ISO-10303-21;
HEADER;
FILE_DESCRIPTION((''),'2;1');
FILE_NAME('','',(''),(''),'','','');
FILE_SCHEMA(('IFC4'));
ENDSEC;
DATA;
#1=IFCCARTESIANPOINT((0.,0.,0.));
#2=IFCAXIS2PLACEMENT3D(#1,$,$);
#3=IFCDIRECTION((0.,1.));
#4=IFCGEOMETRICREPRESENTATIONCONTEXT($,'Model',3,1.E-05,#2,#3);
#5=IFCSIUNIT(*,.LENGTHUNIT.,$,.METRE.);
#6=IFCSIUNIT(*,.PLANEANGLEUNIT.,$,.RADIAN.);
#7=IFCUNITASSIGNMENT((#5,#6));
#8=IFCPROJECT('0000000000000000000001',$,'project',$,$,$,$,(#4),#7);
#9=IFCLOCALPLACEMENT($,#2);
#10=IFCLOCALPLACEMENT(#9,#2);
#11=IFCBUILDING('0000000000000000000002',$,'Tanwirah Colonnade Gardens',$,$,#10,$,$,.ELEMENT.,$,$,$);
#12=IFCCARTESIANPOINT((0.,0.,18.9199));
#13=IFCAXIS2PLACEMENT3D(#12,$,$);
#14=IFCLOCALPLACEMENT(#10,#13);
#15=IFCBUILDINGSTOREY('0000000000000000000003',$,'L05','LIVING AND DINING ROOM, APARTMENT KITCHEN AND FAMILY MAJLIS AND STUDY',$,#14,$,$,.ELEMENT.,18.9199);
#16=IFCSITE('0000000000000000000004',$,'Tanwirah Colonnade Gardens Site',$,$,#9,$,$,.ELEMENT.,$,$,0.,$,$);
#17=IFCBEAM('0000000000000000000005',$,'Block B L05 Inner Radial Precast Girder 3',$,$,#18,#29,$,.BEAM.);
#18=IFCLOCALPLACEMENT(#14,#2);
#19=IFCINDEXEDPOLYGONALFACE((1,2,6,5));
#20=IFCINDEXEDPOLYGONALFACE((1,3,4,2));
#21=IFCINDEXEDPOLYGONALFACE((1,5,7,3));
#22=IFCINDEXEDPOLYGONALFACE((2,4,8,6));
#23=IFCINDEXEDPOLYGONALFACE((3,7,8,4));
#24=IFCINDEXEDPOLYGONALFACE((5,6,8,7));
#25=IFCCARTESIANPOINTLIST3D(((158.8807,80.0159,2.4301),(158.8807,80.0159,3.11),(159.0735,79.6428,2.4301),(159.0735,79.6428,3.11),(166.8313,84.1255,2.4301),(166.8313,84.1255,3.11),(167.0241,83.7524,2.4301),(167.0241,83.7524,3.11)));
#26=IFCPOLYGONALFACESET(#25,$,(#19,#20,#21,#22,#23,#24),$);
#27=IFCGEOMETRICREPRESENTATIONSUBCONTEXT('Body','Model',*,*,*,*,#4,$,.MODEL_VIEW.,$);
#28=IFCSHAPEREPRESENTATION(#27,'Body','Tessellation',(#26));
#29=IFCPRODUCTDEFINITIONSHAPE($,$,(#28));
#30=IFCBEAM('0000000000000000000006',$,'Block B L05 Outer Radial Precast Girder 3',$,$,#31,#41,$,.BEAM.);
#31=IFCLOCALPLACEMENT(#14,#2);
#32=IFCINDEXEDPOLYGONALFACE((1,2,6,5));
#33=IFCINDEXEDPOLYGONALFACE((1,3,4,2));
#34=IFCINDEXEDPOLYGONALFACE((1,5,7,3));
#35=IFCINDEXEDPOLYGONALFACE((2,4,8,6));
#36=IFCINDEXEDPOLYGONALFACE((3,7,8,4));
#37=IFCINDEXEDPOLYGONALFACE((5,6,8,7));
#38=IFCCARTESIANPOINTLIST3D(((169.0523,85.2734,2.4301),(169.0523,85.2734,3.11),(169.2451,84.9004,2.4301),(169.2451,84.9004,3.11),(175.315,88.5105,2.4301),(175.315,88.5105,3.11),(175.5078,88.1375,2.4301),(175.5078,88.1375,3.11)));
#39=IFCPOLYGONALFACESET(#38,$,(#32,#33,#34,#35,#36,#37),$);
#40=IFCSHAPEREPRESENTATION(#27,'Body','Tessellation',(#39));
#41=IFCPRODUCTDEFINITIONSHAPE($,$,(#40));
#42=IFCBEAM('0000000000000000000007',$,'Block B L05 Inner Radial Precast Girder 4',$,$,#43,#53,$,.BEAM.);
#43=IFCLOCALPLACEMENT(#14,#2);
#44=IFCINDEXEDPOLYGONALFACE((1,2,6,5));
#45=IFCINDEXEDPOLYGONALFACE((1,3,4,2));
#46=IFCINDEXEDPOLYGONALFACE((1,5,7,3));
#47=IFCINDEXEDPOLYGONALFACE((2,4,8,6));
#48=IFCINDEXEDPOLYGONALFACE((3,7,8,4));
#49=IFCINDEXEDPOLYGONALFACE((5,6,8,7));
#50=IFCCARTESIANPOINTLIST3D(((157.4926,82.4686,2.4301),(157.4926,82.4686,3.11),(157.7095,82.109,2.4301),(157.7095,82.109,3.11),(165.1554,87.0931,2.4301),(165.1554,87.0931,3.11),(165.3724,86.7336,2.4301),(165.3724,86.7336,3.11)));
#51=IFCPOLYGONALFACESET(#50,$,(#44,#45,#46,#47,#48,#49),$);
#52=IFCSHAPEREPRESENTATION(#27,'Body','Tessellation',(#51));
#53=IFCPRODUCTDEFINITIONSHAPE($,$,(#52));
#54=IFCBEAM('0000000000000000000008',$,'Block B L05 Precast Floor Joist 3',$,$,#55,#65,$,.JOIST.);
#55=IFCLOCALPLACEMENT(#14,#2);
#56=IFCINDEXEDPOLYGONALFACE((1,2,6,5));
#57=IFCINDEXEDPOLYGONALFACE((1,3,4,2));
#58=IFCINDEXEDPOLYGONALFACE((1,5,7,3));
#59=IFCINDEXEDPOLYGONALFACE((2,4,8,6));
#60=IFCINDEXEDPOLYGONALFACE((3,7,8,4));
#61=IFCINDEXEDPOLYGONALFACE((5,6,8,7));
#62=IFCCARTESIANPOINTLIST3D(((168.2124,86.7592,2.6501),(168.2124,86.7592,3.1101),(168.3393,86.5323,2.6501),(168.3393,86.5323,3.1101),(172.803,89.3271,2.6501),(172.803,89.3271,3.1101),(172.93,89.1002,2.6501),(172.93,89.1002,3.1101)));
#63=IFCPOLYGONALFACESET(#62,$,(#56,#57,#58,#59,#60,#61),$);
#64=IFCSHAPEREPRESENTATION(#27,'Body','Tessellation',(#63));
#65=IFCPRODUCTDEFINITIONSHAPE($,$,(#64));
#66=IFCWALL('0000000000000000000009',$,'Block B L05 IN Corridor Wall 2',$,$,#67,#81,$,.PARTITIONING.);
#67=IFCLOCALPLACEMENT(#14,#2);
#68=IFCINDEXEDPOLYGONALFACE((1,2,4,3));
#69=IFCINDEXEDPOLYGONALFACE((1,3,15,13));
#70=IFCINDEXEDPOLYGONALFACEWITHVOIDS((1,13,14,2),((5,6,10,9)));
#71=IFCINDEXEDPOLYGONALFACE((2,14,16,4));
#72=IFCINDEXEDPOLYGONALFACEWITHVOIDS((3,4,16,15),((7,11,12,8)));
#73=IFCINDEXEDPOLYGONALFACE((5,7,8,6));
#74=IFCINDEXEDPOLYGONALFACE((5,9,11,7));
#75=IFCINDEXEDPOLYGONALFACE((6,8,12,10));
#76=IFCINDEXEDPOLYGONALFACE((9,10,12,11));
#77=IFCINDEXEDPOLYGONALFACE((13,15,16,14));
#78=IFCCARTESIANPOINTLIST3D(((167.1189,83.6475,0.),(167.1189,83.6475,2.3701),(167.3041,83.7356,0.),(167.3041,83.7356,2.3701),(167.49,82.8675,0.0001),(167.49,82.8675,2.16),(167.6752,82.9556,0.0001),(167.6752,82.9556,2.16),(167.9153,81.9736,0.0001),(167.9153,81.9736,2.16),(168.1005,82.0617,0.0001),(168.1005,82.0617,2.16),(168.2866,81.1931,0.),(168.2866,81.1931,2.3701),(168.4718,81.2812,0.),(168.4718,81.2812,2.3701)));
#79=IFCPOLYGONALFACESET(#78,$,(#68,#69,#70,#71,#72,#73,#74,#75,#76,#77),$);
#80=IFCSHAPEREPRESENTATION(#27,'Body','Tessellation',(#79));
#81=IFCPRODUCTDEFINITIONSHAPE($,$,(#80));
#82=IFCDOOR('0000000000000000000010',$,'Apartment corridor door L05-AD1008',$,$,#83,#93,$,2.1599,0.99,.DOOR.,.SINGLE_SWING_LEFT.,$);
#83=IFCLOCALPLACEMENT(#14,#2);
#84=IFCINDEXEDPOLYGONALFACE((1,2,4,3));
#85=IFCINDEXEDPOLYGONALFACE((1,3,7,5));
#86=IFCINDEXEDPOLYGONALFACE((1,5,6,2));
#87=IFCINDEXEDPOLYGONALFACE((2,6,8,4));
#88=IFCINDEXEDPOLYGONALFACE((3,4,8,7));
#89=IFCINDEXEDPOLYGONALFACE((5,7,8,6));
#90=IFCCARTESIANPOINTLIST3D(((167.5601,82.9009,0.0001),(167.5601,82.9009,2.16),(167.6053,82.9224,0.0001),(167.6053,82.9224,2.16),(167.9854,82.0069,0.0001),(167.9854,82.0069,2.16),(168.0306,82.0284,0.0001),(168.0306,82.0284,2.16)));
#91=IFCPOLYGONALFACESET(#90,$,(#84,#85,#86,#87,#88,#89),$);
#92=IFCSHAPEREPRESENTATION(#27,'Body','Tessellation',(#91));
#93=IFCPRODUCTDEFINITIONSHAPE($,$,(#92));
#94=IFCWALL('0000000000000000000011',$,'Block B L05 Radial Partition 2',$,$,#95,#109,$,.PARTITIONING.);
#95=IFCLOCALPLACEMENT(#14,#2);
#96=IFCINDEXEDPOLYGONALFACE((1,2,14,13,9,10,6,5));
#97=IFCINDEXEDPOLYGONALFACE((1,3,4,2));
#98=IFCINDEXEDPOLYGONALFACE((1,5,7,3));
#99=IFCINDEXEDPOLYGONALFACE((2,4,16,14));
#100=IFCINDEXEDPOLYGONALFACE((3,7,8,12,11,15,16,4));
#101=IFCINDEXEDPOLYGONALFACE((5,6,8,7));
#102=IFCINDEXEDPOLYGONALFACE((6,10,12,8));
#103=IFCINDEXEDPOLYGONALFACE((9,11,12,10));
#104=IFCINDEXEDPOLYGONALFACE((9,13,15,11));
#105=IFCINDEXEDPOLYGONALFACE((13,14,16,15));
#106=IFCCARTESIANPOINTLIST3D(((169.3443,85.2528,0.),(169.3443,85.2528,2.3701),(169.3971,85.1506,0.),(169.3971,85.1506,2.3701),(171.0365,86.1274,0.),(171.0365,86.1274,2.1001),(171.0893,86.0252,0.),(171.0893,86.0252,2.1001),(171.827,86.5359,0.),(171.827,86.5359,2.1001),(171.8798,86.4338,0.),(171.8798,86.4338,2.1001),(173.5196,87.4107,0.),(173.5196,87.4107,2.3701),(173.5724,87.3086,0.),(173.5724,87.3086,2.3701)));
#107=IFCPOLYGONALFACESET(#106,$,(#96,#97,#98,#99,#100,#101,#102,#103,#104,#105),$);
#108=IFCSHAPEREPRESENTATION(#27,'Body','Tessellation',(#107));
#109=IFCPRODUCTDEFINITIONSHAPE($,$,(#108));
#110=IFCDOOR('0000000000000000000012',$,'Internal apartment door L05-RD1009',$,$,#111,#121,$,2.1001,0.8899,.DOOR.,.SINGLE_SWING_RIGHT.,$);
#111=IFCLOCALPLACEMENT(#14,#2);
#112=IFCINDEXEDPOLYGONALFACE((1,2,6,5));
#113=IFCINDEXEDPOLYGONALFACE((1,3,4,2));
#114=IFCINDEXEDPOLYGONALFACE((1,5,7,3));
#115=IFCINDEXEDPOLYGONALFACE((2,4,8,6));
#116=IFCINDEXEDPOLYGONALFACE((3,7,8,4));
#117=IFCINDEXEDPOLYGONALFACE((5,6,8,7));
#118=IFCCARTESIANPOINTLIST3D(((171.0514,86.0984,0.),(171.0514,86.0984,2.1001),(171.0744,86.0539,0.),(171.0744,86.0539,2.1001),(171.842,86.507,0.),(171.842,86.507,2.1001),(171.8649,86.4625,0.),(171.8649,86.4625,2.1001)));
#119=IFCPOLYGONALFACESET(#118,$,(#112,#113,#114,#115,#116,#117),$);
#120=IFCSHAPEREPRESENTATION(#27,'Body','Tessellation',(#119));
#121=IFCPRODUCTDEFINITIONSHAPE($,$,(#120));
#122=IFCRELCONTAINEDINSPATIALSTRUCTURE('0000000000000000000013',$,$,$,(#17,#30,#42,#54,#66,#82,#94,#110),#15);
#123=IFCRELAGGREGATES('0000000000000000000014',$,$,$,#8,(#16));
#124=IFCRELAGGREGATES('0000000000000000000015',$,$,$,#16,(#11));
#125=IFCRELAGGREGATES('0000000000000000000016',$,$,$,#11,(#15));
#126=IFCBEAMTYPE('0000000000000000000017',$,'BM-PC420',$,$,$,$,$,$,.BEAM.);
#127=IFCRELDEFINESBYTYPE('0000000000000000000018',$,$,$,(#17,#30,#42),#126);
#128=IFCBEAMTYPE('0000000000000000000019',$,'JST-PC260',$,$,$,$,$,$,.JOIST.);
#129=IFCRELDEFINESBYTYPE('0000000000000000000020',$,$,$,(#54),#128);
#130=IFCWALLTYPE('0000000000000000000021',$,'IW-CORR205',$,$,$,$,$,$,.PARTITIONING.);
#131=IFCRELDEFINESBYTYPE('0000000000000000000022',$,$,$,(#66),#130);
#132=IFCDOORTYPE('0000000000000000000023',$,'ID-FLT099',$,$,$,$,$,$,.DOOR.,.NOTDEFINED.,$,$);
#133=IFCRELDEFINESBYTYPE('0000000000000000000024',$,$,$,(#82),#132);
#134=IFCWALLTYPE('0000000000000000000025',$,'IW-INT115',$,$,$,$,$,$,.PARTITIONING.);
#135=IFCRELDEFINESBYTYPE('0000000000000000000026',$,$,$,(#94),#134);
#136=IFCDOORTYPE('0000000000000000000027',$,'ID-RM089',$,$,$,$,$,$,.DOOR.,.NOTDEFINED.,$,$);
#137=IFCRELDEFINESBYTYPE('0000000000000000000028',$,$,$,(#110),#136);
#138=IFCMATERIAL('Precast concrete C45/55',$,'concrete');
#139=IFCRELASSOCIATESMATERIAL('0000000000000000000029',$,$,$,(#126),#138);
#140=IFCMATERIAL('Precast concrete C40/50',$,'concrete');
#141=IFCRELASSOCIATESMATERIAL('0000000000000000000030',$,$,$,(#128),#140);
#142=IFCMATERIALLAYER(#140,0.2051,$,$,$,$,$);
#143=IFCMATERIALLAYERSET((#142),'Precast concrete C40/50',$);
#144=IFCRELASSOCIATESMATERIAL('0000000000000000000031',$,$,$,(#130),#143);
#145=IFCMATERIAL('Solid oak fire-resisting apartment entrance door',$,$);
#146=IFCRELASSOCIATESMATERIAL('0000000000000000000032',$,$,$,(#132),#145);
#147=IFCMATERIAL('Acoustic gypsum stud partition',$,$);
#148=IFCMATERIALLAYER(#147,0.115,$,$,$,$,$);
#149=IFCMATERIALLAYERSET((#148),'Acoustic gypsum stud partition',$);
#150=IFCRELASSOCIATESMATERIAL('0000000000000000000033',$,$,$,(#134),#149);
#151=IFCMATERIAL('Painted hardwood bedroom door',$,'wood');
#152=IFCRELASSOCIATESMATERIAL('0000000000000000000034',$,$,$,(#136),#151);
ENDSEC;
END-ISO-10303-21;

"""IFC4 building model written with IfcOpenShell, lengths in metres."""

from ifc_helpers import new_model, si_unit, direction, frame, frame_2d, origin, origin_2d, place, context, subcontext, project, spatial, rectangle, extrude, material, layer, layer_set, material_profile, profile_set, type_object, element, fill, save


model = new_model("IFC4")

# Units and contexts
model_context = context("Model", 3, precision=1e-05, world=origin(), true_north=direction((0.0, 1.0)))
body_context = subcontext(model_context, "Body", "Model", "MODEL_VIEW")
ifc_project = project(units=[si_unit("LENGTHUNIT", "METRE"), si_unit("PLANEANGLEUNIT", "RADIAN")], contexts=[model_context])

# Site, building, storey
site_placement = place(None, origin())
site = spatial("IfcSite", under=ifc_project, at=site_placement, Name="Tanwirah Colonnade Gardens Site", CompositionType="ELEMENT", RefElevation=0.0)
building_placement = place(site_placement, origin())
building = spatial("IfcBuilding", under=site, at=building_placement, Name="Tanwirah Colonnade Gardens", CompositionType="ELEMENT")
storey_placement = place(building_placement, frame((0.0, 0.0, 18.9199)))
storey = spatial("IfcBuildingStorey", under=building, at=storey_placement, Name="L05", Description="LIVING AND DINING ROOM, APARTMENT KITCHEN AND FAMILY MAJLIS AND STUDY", CompositionType="ELEMENT", Elevation=18.9199)

# Shared definitions
ifc_material_1 = material(Name="Precast concrete C45/55", Category="concrete")

# Beams
ifc_material_2 = material(Name="Precast concrete C40/50", Category="concrete")
ifc_material_profile_1 = material_profile(ifc_material_1, rectangle(XDim=0.4199, YDim=0.6799, at=origin_2d()), Name="PC-BM 420x680")
ifc_profile_set_1 = profile_set([ifc_material_profile_1], Name="Precast concrete C45/55")
beam_type_1 = type_object("IfcBeamType", Name="BM-PC420", PredefinedType="BEAM", material=ifc_profile_set_1)
beam_1_placement = place(storey_placement, frame((166.9277, 83.939, 2.77), z_axis=(-0.888345, -0.459176, 0.0), x_axis=(0.459176, -0.888345, 0.0)))
element("IfcBeam", 1, at=beam_1_placement, inside=storey, type_object=beam_type_1, Name="Block B L05 Inner Radial Precast Girder 3", PredefinedType="BEAM", context=body_context, shape_type="SweptSolid", body=[
    extrude(rectangle(XDim=0.4199, YDim=0.6799, at=origin_2d()), origin(), (0.0, 0.0, 1.0), 8.95),
])
beam_2_placement = place(storey_placement, frame((169.1487, 85.0869, 2.77), z_axis=(0.888349, 0.459169, 0.0), x_axis=(-0.459169, 0.888349, 0.0)))
element("IfcBeam", 2, at=beam_2_placement, inside=storey, type_object=beam_type_1, Name="Block B L05 Outer Radial Precast Girder 3", PredefinedType="BEAM", context=body_context, shape_type="SweptSolid", body=[
    extrude(rectangle(XDim=0.4199, YDim=0.6799, at=origin_2d()), origin(), (0.0, 0.0, 1.0), 7.0498),
])
beam_3_placement = place(storey_placement, frame((165.2639, 86.9133, 2.77), z_axis=(-0.856169, -0.516696, 0.0), x_axis=(0.516696, -0.856169, 0.0)))
element("IfcBeam", 3, at=beam_3_placement, inside=storey, type_object=beam_type_1, Name="Block B L05 Inner Radial Precast Girder 4", PredefinedType="BEAM", context=body_context, shape_type="SweptSolid", body=[
    extrude(rectangle(XDim=0.4199, YDim=0.6799, at=origin_2d()), origin(), (0.0, 0.0, 1.0), 8.9502),
])
ifc_material_profile_2 = material_profile(ifc_material_2, rectangle(XDim=0.26, YDim=0.46, at=origin_2d()), Name="PC-JST 260x460")
ifc_profile_set_2 = profile_set([ifc_material_profile_2], Name="Precast concrete C40/50")
beam_type_2 = type_object("IfcBeamType", Name="JST-PC260", PredefinedType="JOIST", material=ifc_profile_set_2)
beam_4_placement = place(storey_placement, frame((168.2759, 86.6458, 2.8801), z_axis=(0.872737, 0.488191, 0.0), x_axis=(-0.488191, 0.872737, 0.0)))
element("IfcBeam", 4, at=beam_4_placement, inside=storey, type_object=beam_type_2, Name="Block B L05 Precast Floor Joist 3", PredefinedType="JOIST", context=body_context, shape_type="SweptSolid", body=[
    extrude(rectangle(XDim=0.26, YDim=0.46, at=origin_2d()), origin(), (0.0, 0.0, 1.0), 5.26),
])

# Walls, openings, doors
ifc_layer_1 = layer(ifc_material_2, 0.2051)
ifc_layer_set_1 = layer_set([ifc_layer_1], Name="Precast concrete C40/50")
wall_type_1 = type_object("IfcWallType", Name="IW-CORR205", PredefinedType="PARTITIONING", material=ifc_layer_set_1)
ifc_material_3 = material(Name="Solid oak fire-resisting apartment entrance door")
wall_1_placement = place(storey_placement, frame((168.3792, 81.2373, 0.0), z_axis=(0.0, 0.0, 1.0), x_axis=(-0.42963, 0.903005, 0.0)))
wall_1 = element("IfcWall", 5, at=wall_1_placement, inside=storey, type_object=wall_type_1, Name="Block B L05 IN Corridor Wall 2", PredefinedType="PARTITIONING", context=body_context, shape_type="SweptSolid", body=[
    extrude(rectangle(XDim=2.718, YDim=0.2051, at=frame_2d((1.3589, 0.0))), origin(), (0.0, 0.0, 1.0), 2.3701),
])
opening_1_placement = place(wall_1_placement, frame((0.864, 0.0, 0.0)))
opening_1 = element("IfcOpeningElement", 6, at=opening_1_placement, cuts=wall_1, PredefinedType="OPENING", context=body_context, shape_type="SweptSolid", body=[
    extrude(rectangle(XDim=0.99, YDim=2.1599, at=frame_2d((0.4951, 1.0801))), frame((0.0, 0.1125, 0.0), z_axis=(0.0, -1.0, 0.0), x_axis=(1.0, 0.0, 0.0)), (0.0, 0.0, 1.0), 0.2251),
])
door_type_1 = type_object("IfcDoorType", Name="ID-FLT099", OperationType="NOTDEFINED", PredefinedType="DOOR", material=ifc_material_3)
door_1_placement = place(opening_1_placement, origin())
door_1 = element("IfcDoor", 7, at=door_1_placement, inside=storey, type_object=door_type_1, Name="Apartment corridor door L05-AD1008", OperationType="SINGLE_SWING_LEFT", OverallHeight=2.1599, OverallWidth=0.99, PredefinedType="DOOR", context=body_context, shape_type="SweptSolid", body=[
    extrude(rectangle(XDim=0.99, YDim=2.1599, at=frame_2d((0.4951, 1.0801))), frame((0.0, 0.0249, 0.0), z_axis=(0.0, -1.0, 0.0), x_axis=(1.0, 0.0, 0.0)), (0.0, 0.0, 1.0), 0.05),
])
fill(opening_1, door_1)
ifc_material_4 = material(Name="Acoustic gypsum stud partition")
ifc_layer_2 = layer(ifc_material_4, 0.115)
ifc_layer_set_2 = layer_set([ifc_layer_2], Name="Acoustic gypsum stud partition")
wall_type_2 = type_object("IfcWallType", Name="IW-INT115", PredefinedType="PARTITIONING", material=ifc_layer_set_2)
wall_2_placement = place(storey_placement, frame((169.3706, 85.2017, 0.0), z_axis=(0.0, 0.0, 1.0), x_axis=(0.888363, 0.459142, 0.0)))
wall_2 = element("IfcWall", 8, at=wall_2_placement, inside=storey, type_object=wall_type_2, Name="Block B L05 Radial Partition 2", PredefinedType="PARTITIONING", context=body_context, shape_type="SweptSolid", body=[
    extrude(rectangle(XDim=4.7, YDim=0.115, at=frame_2d((2.3501, 0.0))), origin(), (0.0, 0.0, 1.0), 2.3701),
])
opening_2_placement = place(wall_2_placement, frame((1.905, 0.0, 0.0)))
opening_2 = element("IfcOpeningElement", 9, at=opening_2_placement, cuts=wall_2, PredefinedType="OPENING", context=body_context, shape_type="SweptSolid", body=[
    extrude(rectangle(XDim=0.8899, YDim=2.1001, at=frame_2d((0.4448, 1.05))), frame((0.0, 0.0674, 0.0), z_axis=(0.0, -1.0, 0.0), x_axis=(1.0, 0.0, 0.0)), (0.0, 0.0, 1.0), 0.135),
])
ifc_material_5 = material(Name="Painted hardwood bedroom door", Category="wood")
door_type_2 = type_object("IfcDoorType", Name="ID-RM089", OperationType="NOTDEFINED", PredefinedType="DOOR", material=ifc_material_5)
door_2_placement = place(opening_2_placement, origin())
door_2 = element("IfcDoor", 10, at=door_2_placement, inside=storey, type_object=door_type_2, Name="Internal apartment door L05-RD1009", OperationType="SINGLE_SWING_RIGHT", OverallHeight=2.1001, OverallWidth=0.8899, PredefinedType="DOOR", context=body_context, shape_type="SweptSolid", body=[
    extrude(rectangle(XDim=0.8899, YDim=2.1001, at=frame_2d((0.4448, 1.05))), frame((0.0, 0.0249, 0.0), z_axis=(0.0, -1.0, 0.0), x_axis=(1.0, 0.0, 0.0)), (0.0, 0.0, 1.0), 0.05),
])
fill(opening_2, door_2)

save(model, "model.ifc")
